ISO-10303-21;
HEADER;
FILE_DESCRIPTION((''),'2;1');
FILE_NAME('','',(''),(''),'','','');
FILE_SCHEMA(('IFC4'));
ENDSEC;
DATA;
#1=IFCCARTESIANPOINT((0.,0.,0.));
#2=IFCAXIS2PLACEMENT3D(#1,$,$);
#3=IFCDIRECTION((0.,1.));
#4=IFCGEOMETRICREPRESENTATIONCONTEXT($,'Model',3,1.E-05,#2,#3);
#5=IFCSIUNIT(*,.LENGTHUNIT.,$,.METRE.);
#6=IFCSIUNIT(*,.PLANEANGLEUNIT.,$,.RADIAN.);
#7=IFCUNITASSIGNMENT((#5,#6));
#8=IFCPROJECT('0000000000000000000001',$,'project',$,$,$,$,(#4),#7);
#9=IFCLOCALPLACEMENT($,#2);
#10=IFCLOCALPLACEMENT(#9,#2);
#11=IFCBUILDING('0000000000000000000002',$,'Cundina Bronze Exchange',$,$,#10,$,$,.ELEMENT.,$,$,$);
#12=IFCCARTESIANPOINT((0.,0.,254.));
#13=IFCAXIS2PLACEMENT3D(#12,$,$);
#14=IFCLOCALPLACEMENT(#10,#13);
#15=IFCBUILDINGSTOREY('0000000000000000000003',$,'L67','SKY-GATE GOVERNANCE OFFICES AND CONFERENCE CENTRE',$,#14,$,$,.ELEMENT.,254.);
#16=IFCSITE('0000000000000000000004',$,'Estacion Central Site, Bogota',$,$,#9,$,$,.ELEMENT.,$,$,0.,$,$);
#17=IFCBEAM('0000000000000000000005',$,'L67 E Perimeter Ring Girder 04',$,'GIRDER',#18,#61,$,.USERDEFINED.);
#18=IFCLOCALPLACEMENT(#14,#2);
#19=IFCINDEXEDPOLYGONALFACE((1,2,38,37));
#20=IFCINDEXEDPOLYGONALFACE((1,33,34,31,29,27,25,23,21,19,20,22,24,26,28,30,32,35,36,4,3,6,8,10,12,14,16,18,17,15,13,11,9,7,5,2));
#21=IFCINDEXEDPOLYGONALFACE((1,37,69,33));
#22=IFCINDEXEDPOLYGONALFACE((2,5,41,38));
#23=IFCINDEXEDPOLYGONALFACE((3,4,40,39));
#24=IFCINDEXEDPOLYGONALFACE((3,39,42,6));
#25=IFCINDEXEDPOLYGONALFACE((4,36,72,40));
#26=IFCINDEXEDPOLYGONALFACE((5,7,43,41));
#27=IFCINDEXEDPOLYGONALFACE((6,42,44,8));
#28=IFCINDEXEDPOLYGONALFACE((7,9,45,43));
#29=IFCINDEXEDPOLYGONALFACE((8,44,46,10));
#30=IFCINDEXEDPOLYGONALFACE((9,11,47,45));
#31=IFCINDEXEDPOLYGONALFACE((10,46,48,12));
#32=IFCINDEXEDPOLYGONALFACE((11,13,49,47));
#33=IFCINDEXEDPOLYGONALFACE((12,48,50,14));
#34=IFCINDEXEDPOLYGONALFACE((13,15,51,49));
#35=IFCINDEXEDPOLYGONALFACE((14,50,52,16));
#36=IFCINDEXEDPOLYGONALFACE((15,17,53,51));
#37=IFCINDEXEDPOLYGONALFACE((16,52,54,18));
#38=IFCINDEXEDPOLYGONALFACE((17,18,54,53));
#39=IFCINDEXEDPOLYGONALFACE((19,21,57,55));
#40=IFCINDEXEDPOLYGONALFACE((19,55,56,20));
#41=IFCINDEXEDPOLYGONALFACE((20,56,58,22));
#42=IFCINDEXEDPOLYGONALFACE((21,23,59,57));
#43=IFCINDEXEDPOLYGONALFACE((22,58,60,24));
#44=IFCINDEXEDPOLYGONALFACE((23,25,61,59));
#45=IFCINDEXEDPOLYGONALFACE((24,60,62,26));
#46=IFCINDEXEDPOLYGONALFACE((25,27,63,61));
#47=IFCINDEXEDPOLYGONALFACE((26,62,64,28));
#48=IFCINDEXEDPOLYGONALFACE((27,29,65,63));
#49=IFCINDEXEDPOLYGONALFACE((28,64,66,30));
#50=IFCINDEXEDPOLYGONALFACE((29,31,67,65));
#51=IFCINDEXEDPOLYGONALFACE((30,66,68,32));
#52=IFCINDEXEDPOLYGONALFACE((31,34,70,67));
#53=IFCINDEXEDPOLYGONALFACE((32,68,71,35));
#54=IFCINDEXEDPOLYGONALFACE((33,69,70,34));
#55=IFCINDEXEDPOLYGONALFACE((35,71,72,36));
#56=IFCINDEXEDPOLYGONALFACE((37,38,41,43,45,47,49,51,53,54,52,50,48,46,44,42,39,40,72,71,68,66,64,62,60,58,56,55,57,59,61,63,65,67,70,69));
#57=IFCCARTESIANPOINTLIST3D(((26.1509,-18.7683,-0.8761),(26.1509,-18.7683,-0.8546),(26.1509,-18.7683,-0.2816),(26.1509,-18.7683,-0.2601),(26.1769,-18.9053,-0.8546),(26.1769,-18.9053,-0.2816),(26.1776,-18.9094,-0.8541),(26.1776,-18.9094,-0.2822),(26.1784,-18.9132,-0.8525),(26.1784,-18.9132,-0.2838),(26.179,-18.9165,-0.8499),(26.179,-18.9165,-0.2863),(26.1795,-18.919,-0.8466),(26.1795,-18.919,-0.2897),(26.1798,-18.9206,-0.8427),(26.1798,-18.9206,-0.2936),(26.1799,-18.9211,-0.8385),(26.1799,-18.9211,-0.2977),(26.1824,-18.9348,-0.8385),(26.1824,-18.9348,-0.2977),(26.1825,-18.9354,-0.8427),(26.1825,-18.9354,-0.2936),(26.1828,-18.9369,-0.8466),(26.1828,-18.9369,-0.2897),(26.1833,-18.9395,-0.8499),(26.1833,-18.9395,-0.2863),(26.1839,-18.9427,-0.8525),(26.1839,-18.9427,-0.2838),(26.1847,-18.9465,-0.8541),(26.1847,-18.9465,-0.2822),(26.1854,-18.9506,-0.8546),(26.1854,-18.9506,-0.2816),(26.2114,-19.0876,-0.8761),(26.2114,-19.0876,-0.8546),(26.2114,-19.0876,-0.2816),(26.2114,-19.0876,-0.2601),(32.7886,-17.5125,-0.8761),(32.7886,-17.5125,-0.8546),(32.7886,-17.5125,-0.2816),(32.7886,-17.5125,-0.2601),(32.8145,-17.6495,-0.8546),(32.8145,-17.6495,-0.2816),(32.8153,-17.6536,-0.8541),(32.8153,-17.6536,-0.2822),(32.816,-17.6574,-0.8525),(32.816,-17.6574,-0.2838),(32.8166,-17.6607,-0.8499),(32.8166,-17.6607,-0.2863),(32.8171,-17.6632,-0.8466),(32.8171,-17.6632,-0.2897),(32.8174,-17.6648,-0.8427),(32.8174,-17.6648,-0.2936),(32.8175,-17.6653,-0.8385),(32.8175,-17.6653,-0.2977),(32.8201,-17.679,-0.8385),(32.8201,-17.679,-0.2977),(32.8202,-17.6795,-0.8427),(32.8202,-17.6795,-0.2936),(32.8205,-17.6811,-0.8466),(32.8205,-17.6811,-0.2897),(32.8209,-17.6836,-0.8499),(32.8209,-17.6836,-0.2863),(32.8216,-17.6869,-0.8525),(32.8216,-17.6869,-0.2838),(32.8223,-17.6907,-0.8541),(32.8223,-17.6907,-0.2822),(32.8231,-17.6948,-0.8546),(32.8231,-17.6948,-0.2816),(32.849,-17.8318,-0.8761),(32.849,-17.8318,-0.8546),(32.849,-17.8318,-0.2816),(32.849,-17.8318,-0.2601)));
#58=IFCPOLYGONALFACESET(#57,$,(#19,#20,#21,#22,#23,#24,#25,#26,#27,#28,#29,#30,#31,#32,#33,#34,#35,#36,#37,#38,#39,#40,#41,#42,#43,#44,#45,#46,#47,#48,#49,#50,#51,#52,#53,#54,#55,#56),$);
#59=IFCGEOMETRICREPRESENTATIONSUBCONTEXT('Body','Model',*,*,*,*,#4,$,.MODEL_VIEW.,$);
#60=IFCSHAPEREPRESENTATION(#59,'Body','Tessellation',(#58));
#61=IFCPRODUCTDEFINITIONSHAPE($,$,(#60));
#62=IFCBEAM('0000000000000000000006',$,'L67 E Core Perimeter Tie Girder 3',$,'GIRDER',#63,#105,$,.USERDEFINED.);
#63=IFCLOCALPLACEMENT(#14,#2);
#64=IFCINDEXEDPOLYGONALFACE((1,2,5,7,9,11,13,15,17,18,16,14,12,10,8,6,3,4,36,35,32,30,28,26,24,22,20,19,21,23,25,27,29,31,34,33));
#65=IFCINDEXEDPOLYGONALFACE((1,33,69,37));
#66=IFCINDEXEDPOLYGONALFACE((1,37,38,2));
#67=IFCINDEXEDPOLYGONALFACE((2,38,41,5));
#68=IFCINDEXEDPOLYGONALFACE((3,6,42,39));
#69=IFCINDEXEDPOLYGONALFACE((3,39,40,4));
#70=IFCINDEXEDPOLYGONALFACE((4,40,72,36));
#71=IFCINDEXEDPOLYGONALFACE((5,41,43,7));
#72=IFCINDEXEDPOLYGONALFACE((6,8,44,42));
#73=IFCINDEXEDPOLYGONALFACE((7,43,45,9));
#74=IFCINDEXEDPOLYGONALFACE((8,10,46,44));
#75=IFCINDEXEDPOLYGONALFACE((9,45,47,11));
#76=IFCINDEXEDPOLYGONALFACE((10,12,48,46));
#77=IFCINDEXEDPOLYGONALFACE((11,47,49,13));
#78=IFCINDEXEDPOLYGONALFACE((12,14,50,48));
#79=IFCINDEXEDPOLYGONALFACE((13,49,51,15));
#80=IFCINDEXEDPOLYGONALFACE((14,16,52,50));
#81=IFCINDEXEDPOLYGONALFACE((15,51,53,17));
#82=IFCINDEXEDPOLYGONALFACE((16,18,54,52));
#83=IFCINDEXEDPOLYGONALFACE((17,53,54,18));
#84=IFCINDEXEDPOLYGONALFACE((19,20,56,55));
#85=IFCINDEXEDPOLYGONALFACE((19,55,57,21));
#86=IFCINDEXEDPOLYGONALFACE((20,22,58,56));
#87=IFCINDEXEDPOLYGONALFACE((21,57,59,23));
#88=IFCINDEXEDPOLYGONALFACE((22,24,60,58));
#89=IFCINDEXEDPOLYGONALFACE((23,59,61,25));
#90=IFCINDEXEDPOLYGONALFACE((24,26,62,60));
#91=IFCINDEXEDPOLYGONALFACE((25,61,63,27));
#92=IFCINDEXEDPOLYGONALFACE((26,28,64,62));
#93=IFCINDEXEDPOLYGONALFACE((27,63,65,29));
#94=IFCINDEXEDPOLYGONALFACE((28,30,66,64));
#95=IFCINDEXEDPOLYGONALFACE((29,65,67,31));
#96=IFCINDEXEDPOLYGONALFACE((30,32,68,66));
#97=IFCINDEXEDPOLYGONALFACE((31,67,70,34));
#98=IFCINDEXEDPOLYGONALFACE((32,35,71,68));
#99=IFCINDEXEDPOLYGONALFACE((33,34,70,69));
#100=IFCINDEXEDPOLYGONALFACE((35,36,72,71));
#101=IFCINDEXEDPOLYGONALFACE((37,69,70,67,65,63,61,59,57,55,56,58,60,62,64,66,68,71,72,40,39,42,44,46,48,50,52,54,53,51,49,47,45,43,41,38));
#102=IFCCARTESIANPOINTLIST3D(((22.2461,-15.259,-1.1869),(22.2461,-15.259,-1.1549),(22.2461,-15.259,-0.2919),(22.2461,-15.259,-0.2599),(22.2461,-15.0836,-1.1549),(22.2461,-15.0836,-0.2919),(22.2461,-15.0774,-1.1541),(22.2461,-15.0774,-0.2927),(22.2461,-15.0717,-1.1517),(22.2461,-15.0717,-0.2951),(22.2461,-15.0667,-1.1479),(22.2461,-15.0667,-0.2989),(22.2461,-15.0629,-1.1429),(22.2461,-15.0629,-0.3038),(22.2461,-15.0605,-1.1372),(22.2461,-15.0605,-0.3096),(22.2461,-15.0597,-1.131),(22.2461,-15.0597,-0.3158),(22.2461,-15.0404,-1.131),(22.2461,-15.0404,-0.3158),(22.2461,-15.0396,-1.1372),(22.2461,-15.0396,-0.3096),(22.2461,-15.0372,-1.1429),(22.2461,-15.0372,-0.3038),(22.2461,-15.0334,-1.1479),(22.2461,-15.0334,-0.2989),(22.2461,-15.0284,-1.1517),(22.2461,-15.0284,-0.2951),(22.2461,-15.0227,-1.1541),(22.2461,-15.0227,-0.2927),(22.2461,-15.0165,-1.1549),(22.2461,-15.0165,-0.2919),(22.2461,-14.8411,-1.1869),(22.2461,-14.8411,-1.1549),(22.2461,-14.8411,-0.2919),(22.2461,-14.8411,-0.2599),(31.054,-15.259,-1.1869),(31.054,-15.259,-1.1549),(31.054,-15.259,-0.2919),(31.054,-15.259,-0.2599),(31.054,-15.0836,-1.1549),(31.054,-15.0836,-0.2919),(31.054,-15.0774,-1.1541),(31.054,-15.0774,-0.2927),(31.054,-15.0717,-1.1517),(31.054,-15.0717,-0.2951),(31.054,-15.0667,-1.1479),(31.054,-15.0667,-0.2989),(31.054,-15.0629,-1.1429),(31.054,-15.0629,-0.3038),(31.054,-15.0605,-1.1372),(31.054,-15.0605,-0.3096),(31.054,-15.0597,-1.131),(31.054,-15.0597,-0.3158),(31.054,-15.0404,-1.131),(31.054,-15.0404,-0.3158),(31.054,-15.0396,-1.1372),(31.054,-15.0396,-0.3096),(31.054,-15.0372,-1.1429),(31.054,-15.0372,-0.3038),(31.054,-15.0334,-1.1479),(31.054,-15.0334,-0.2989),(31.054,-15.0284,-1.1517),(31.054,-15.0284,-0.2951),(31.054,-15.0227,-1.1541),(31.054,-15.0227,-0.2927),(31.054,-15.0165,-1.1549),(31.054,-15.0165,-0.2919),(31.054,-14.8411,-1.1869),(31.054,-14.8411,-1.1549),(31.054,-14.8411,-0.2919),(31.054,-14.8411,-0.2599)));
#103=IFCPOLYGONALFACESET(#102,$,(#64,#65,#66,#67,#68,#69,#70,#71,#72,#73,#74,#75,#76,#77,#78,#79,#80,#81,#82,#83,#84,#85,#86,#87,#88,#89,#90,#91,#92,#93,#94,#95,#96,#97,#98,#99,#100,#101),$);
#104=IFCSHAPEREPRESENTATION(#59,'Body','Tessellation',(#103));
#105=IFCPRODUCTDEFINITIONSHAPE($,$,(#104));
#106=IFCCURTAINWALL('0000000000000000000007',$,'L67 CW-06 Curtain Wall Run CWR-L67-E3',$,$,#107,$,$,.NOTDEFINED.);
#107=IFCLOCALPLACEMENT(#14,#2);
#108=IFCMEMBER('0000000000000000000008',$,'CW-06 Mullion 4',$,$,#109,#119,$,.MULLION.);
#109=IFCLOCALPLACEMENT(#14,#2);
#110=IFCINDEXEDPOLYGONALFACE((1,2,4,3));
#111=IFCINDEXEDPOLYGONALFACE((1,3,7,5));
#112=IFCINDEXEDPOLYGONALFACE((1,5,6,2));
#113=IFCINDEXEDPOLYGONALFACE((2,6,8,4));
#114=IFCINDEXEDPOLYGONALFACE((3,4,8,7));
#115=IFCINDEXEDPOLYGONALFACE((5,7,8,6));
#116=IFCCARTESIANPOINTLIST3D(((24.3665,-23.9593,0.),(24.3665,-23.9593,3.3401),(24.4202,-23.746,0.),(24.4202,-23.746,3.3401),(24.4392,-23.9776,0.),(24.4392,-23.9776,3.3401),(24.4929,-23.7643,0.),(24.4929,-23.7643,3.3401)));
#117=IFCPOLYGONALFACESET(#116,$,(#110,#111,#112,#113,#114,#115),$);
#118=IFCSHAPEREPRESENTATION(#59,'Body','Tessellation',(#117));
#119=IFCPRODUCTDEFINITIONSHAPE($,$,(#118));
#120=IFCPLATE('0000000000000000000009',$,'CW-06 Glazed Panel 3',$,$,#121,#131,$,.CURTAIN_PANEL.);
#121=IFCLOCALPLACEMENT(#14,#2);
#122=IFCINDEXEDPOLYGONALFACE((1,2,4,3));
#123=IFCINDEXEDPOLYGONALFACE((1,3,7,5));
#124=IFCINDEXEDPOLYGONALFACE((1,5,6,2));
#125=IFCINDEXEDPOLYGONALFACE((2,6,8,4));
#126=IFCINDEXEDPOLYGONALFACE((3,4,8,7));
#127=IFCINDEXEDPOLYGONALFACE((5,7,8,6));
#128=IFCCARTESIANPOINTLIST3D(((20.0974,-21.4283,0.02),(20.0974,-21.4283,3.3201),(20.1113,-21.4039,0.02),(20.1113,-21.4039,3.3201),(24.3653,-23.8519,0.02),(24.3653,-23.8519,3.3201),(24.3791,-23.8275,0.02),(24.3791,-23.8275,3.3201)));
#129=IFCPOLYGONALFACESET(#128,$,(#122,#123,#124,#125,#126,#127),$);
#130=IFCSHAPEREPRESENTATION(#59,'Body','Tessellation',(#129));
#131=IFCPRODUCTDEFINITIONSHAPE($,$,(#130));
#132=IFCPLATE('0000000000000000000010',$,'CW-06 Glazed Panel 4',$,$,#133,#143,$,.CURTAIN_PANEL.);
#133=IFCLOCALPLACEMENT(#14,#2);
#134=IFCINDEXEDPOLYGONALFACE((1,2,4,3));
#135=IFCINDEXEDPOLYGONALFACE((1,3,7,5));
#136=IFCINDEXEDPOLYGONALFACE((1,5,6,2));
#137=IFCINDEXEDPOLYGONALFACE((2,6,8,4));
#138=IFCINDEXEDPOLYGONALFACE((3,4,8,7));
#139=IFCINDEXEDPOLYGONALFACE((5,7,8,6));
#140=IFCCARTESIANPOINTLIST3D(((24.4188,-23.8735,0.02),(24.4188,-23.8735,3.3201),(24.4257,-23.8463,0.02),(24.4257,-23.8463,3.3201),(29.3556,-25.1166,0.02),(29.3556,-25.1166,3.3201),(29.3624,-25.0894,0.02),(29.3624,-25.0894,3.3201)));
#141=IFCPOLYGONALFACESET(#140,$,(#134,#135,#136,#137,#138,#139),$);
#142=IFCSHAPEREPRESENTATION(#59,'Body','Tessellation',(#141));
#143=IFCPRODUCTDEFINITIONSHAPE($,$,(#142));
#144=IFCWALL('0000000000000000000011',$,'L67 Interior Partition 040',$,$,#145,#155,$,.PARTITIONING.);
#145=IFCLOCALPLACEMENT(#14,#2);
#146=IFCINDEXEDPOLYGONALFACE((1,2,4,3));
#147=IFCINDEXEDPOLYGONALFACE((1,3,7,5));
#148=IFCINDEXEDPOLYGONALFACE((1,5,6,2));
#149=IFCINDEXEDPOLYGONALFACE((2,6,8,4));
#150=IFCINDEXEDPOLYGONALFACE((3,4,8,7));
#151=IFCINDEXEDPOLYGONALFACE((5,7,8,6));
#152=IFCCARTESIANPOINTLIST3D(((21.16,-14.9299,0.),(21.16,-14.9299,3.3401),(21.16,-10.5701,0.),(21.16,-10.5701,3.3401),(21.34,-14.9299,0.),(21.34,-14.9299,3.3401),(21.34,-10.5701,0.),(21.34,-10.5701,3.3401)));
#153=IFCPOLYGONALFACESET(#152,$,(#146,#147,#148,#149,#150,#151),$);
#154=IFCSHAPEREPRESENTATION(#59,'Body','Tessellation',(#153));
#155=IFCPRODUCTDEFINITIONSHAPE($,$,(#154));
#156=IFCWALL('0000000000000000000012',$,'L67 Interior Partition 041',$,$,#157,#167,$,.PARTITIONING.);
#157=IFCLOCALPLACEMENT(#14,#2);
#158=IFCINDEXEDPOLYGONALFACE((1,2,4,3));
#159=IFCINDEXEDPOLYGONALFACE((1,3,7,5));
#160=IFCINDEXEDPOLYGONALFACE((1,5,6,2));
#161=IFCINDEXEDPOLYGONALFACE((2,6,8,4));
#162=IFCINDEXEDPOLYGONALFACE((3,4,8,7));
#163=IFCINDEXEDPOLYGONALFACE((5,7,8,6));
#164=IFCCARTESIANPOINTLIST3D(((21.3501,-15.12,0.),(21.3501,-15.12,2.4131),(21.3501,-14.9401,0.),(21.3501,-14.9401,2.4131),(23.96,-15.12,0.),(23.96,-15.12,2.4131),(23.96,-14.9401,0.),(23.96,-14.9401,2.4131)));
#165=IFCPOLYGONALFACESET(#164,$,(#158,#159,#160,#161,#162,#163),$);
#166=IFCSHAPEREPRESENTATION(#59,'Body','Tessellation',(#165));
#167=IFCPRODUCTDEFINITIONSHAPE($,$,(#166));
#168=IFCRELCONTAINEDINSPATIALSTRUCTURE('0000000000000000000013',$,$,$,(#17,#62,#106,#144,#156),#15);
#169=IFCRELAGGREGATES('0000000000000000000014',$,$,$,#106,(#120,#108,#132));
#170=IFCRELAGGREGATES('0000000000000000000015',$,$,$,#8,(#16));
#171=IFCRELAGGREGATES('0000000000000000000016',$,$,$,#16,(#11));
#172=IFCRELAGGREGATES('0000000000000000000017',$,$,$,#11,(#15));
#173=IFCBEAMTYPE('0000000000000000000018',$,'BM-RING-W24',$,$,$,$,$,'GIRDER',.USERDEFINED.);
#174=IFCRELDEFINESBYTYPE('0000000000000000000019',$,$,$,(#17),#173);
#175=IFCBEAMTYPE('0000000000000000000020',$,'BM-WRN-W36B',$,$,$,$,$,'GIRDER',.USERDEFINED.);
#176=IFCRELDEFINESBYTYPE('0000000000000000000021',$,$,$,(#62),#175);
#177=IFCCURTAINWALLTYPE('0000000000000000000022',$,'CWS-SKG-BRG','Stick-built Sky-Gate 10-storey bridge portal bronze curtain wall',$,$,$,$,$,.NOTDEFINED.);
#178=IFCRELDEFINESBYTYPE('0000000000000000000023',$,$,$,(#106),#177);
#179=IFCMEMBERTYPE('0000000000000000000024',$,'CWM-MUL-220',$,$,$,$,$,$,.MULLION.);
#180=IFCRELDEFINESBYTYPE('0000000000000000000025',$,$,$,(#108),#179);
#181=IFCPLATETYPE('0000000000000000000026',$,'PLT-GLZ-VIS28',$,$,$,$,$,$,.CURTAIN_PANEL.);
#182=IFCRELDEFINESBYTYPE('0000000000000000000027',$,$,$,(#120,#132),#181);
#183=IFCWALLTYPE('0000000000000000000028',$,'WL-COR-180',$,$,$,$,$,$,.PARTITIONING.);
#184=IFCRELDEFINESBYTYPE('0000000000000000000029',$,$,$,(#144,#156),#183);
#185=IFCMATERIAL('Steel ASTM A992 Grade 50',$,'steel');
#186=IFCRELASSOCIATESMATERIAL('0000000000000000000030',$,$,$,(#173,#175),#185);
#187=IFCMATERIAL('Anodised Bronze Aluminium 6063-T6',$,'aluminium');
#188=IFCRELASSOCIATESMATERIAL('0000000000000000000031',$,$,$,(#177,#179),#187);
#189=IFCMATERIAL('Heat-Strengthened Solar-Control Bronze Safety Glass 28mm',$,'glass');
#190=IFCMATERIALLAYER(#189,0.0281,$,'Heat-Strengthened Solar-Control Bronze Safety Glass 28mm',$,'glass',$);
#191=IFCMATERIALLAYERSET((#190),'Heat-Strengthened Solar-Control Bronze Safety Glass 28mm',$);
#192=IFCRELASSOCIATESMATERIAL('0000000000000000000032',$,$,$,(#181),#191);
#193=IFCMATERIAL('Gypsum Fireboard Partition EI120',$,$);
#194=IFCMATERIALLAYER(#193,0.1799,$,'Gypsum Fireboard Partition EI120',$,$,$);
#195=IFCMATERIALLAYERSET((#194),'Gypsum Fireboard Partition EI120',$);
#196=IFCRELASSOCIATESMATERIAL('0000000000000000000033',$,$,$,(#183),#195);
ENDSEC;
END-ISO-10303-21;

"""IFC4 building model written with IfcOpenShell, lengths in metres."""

from ifc_helpers import new_model, si_unit, direction, frame, frame_2d, origin, origin_2d, place, context, subcontext, project, spatial, rectangle, i_section, extrude, material, layer, layer_set, material_profile, profile_set, type_object, element, aggregate, save


model = new_model("IFC4")

# Units and contexts
model_context = context("Model", 3, precision=1e-05, world=origin(), true_north=direction((0.0, 1.0)))
body_context = subcontext(model_context, "Body", "Model", "MODEL_VIEW")
ifc_project = project(units=[si_unit("LENGTHUNIT", "METRE"), si_unit("PLANEANGLEUNIT", "RADIAN")], contexts=[model_context])

# Site, building, storey
site_placement = place(None, origin())
site = spatial("IfcSite", under=ifc_project, at=site_placement, Name="Estacion Central Site, Bogota", CompositionType="ELEMENT", RefElevation=0.0)
building_placement = place(site_placement, origin())
building = spatial("IfcBuilding", under=site, at=building_placement, Name="Cundina Bronze Exchange", CompositionType="ELEMENT")
storey_placement = place(building_placement, frame((0.0, 0.0, 254.0)))
storey = spatial("IfcBuildingStorey", under=building, at=storey_placement, Name="L67", Description="SKY-GATE GOVERNANCE OFFICES AND CONFERENCE CENTRE", CompositionType="ELEMENT", Elevation=254.0)

# Shared definitions
ifc_material_1 = material(Name="Steel ASTM A992 Grade 50", Category="steel")

# Beams
ifc_material_profile_1 = material_profile(ifc_material_1, i_section(OverallWidth=0.325, OverallDepth=0.616, WebThickness=0.0139, FlangeThickness=0.0215, FilletRadius=0.0161, at=origin_2d()), Name="W24X117", Category="steel")
ifc_profile_set_1 = profile_set([ifc_material_profile_1], Name="Steel ASTM A992 Grade 50")
beam_type_1 = type_object("IfcBeamType", Name="BM-RING-W24", ElementType="GIRDER", PredefinedType="USERDEFINED", material=ifc_profile_set_1)
beam_1_placement = place(storey_placement, frame((26.1812, -18.928, -0.5681), z_axis=(0.982568, 0.185903, 0.0), x_axis=(-0.185903, 0.982568, 0.0)))
element("IfcBeam", 1, at=beam_1_placement, inside=storey, type_object=beam_type_1, Name="L67 E Perimeter Ring Girder 04", ObjectType="GIRDER", PredefinedType="USERDEFINED", context=body_context, shape_type="SweptSolid", body=[
    extrude(i_section(OverallWidth=0.325, OverallDepth=0.616, WebThickness=0.0139, FlangeThickness=0.0215, FilletRadius=0.0161, at=origin_2d()), origin(), (0.0, 0.0, 1.0), 6.7554),
])
ifc_material_profile_2 = material_profile(ifc_material_1, i_section(OverallWidth=0.418, OverallDepth=0.927, WebThickness=0.0193, FlangeThickness=0.032, FilletRadius=0.0239, at=origin_2d()), Name="W36X231", Category="steel")
ifc_profile_set_2 = profile_set([ifc_material_profile_2], Name="Steel ASTM A992 Grade 50")
beam_type_2 = type_object("IfcBeamType", Name="BM-WRN-W36B", ElementType="GIRDER", PredefinedType="USERDEFINED", material=ifc_profile_set_2)
beam_2_placement = place(storey_placement, frame((22.2461, -15.05, -0.7234), z_axis=(1.0, 0.0, 0.0), x_axis=(0.0, 1.0, 0.0)))
element("IfcBeam", 2, at=beam_2_placement, inside=storey, type_object=beam_type_2, Name="L67 E Core Perimeter Tie Girder 3", ObjectType="GIRDER", PredefinedType="USERDEFINED", context=body_context, shape_type="SweptSolid", body=[
    extrude(i_section(OverallWidth=0.418, OverallDepth=0.927, WebThickness=0.0193, FlangeThickness=0.032, FilletRadius=0.0239, at=origin_2d()), origin(), (0.0, 0.0, 1.0), 8.8079),
])

# Curtain wall, member, plates
ifc_material_2 = material(Name="Anodised Bronze Aluminium 6063-T6", Category="aluminium")
curtain_wall_type = type_object("IfcCurtainWallType", Name="CWS-SKG-BRG", Description="Stick-built Sky-Gate 10-storey bridge portal bronze curtain wall", PredefinedType="NOTDEFINED", material=ifc_material_2)
curtain_wall_placement = place(storey_placement, origin())
curtain_wall = element("IfcCurtainWall", 3, at=curtain_wall_placement, inside=storey, type_object=curtain_wall_type, Name="L67 CW-06 Curtain Wall Run CWR-L67-E3", PredefinedType="NOTDEFINED")
ifc_material_profile_3 = material_profile(ifc_material_2, rectangle(XDim=0.075, YDim=0.22, at=origin_2d()), Name="AL75X220", Category="aluminium")
ifc_profile_set_3 = profile_set([ifc_material_profile_3], Name="Anodised Bronze Aluminium 6063-T6")
member_type = type_object("IfcMemberType", Name="CWM-MUL-220", PredefinedType="MULLION", material=ifc_profile_set_3)
member_placement = place(storey_placement, frame((24.4297, -23.8618, 0.0), z_axis=(0.0, 0.0, 1.0), x_axis=(0.969744, -0.244123, 0.0)))
member = element("IfcMember", 4, at=member_placement, type_object=member_type, Name="CW-06 Mullion 4", PredefinedType="MULLION", context=body_context, shape_type="SweptSolid", body=[
    extrude(rectangle(XDim=0.075, YDim=0.22, at=origin_2d()), origin(), (0.0, 0.0, 1.0), 3.3401),
])
ifc_material_3 = material(Name="Heat-Strengthened Solar-Control Bronze Safety Glass 28mm", Category="glass")
ifc_layer_1 = layer(ifc_material_3, 0.0281, Name="Heat-Strengthened Solar-Control Bronze Safety Glass 28mm", Category="glass")
ifc_layer_set_1 = layer_set([ifc_layer_1], Name="Heat-Strengthened Solar-Control Bronze Safety Glass 28mm")
plate_type = type_object("IfcPlateType", Name="PLT-GLZ-VIS28", PredefinedType="CURTAIN_PANEL", material=ifc_layer_set_1)
plate_1_placement = place(storey_placement, frame((22.2383, -22.6279, 0.02), z_axis=(0.0, 0.0, 1.0), x_axis=(0.869573, -0.493805, 0.0)))
plate_1 = element("IfcPlate", 5, at=plate_1_placement, type_object=plate_type, Name="CW-06 Glazed Panel 3", PredefinedType="CURTAIN_PANEL", context=body_context, shape_type="SweptSolid", body=[
    extrude(rectangle(XDim=4.908, YDim=0.0281, at=origin_2d()), origin(), (0.0, 0.0, 1.0), 3.3),
])
plate_2_placement = place(storey_placement, frame((26.8906, -24.4814, 0.02), z_axis=(0.0, 0.0, 1.0), x_axis=(0.969732, -0.244174, 0.0)))
plate_2 = element("IfcPlate", 6, at=plate_2_placement, type_object=plate_type, Name="CW-06 Glazed Panel 4", PredefinedType="CURTAIN_PANEL", context=body_context, shape_type="SweptSolid", body=[
    extrude(rectangle(XDim=5.0908, YDim=0.0281, at=origin_2d()), origin(), (0.0, 0.0, 1.0), 3.3),
])
aggregate(curtain_wall, [plate_1, member, plate_2])

# Walls
ifc_material_4 = material(Name="Gypsum Fireboard Partition EI120")
ifc_layer_2 = layer(ifc_material_4, 0.1799, Name="Gypsum Fireboard Partition EI120")
ifc_layer_set_2 = layer_set([ifc_layer_2], Name="Gypsum Fireboard Partition EI120")
wall_type_1 = type_object("IfcWallType", Name="WL-COR-180", PredefinedType="PARTITIONING", material=ifc_layer_set_2)
wall_1_placement = place(storey_placement, frame((21.25, -14.9299, 0.0), z_axis=(0.0, 0.0, 1.0), x_axis=(0.0, 1.0, 0.0)))
element("IfcWall", 7, at=wall_1_placement, inside=storey, type_object=wall_type_1, Name="L67 Interior Partition 040", PredefinedType="PARTITIONING", context=body_context, shape_type="SweptSolid", body=[
    extrude(rectangle(XDim=4.3599, YDim=0.1799, at=frame_2d((2.1799, 0.0))), origin(), (0.0, 0.0, 1.0), 3.3401),
])
wall_2_placement = place(storey_placement, frame((21.3501, -15.03, 0.0), z_axis=(0.0, 0.0, 1.0), x_axis=(1.0, 0.0, 0.0)))
element("IfcWall", 8, at=wall_2_placement, inside=storey, type_object=wall_type_1, Name="L67 Interior Partition 041", PredefinedType="PARTITIONING", context=body_context, shape_type="SweptSolid", body=[
    extrude(rectangle(XDim=2.6099, YDim=0.1799, at=frame_2d((1.3049, 0.0))), origin(), (0.0, 0.0, 1.0), 2.4131),
])

save(model, "model.ifc")
